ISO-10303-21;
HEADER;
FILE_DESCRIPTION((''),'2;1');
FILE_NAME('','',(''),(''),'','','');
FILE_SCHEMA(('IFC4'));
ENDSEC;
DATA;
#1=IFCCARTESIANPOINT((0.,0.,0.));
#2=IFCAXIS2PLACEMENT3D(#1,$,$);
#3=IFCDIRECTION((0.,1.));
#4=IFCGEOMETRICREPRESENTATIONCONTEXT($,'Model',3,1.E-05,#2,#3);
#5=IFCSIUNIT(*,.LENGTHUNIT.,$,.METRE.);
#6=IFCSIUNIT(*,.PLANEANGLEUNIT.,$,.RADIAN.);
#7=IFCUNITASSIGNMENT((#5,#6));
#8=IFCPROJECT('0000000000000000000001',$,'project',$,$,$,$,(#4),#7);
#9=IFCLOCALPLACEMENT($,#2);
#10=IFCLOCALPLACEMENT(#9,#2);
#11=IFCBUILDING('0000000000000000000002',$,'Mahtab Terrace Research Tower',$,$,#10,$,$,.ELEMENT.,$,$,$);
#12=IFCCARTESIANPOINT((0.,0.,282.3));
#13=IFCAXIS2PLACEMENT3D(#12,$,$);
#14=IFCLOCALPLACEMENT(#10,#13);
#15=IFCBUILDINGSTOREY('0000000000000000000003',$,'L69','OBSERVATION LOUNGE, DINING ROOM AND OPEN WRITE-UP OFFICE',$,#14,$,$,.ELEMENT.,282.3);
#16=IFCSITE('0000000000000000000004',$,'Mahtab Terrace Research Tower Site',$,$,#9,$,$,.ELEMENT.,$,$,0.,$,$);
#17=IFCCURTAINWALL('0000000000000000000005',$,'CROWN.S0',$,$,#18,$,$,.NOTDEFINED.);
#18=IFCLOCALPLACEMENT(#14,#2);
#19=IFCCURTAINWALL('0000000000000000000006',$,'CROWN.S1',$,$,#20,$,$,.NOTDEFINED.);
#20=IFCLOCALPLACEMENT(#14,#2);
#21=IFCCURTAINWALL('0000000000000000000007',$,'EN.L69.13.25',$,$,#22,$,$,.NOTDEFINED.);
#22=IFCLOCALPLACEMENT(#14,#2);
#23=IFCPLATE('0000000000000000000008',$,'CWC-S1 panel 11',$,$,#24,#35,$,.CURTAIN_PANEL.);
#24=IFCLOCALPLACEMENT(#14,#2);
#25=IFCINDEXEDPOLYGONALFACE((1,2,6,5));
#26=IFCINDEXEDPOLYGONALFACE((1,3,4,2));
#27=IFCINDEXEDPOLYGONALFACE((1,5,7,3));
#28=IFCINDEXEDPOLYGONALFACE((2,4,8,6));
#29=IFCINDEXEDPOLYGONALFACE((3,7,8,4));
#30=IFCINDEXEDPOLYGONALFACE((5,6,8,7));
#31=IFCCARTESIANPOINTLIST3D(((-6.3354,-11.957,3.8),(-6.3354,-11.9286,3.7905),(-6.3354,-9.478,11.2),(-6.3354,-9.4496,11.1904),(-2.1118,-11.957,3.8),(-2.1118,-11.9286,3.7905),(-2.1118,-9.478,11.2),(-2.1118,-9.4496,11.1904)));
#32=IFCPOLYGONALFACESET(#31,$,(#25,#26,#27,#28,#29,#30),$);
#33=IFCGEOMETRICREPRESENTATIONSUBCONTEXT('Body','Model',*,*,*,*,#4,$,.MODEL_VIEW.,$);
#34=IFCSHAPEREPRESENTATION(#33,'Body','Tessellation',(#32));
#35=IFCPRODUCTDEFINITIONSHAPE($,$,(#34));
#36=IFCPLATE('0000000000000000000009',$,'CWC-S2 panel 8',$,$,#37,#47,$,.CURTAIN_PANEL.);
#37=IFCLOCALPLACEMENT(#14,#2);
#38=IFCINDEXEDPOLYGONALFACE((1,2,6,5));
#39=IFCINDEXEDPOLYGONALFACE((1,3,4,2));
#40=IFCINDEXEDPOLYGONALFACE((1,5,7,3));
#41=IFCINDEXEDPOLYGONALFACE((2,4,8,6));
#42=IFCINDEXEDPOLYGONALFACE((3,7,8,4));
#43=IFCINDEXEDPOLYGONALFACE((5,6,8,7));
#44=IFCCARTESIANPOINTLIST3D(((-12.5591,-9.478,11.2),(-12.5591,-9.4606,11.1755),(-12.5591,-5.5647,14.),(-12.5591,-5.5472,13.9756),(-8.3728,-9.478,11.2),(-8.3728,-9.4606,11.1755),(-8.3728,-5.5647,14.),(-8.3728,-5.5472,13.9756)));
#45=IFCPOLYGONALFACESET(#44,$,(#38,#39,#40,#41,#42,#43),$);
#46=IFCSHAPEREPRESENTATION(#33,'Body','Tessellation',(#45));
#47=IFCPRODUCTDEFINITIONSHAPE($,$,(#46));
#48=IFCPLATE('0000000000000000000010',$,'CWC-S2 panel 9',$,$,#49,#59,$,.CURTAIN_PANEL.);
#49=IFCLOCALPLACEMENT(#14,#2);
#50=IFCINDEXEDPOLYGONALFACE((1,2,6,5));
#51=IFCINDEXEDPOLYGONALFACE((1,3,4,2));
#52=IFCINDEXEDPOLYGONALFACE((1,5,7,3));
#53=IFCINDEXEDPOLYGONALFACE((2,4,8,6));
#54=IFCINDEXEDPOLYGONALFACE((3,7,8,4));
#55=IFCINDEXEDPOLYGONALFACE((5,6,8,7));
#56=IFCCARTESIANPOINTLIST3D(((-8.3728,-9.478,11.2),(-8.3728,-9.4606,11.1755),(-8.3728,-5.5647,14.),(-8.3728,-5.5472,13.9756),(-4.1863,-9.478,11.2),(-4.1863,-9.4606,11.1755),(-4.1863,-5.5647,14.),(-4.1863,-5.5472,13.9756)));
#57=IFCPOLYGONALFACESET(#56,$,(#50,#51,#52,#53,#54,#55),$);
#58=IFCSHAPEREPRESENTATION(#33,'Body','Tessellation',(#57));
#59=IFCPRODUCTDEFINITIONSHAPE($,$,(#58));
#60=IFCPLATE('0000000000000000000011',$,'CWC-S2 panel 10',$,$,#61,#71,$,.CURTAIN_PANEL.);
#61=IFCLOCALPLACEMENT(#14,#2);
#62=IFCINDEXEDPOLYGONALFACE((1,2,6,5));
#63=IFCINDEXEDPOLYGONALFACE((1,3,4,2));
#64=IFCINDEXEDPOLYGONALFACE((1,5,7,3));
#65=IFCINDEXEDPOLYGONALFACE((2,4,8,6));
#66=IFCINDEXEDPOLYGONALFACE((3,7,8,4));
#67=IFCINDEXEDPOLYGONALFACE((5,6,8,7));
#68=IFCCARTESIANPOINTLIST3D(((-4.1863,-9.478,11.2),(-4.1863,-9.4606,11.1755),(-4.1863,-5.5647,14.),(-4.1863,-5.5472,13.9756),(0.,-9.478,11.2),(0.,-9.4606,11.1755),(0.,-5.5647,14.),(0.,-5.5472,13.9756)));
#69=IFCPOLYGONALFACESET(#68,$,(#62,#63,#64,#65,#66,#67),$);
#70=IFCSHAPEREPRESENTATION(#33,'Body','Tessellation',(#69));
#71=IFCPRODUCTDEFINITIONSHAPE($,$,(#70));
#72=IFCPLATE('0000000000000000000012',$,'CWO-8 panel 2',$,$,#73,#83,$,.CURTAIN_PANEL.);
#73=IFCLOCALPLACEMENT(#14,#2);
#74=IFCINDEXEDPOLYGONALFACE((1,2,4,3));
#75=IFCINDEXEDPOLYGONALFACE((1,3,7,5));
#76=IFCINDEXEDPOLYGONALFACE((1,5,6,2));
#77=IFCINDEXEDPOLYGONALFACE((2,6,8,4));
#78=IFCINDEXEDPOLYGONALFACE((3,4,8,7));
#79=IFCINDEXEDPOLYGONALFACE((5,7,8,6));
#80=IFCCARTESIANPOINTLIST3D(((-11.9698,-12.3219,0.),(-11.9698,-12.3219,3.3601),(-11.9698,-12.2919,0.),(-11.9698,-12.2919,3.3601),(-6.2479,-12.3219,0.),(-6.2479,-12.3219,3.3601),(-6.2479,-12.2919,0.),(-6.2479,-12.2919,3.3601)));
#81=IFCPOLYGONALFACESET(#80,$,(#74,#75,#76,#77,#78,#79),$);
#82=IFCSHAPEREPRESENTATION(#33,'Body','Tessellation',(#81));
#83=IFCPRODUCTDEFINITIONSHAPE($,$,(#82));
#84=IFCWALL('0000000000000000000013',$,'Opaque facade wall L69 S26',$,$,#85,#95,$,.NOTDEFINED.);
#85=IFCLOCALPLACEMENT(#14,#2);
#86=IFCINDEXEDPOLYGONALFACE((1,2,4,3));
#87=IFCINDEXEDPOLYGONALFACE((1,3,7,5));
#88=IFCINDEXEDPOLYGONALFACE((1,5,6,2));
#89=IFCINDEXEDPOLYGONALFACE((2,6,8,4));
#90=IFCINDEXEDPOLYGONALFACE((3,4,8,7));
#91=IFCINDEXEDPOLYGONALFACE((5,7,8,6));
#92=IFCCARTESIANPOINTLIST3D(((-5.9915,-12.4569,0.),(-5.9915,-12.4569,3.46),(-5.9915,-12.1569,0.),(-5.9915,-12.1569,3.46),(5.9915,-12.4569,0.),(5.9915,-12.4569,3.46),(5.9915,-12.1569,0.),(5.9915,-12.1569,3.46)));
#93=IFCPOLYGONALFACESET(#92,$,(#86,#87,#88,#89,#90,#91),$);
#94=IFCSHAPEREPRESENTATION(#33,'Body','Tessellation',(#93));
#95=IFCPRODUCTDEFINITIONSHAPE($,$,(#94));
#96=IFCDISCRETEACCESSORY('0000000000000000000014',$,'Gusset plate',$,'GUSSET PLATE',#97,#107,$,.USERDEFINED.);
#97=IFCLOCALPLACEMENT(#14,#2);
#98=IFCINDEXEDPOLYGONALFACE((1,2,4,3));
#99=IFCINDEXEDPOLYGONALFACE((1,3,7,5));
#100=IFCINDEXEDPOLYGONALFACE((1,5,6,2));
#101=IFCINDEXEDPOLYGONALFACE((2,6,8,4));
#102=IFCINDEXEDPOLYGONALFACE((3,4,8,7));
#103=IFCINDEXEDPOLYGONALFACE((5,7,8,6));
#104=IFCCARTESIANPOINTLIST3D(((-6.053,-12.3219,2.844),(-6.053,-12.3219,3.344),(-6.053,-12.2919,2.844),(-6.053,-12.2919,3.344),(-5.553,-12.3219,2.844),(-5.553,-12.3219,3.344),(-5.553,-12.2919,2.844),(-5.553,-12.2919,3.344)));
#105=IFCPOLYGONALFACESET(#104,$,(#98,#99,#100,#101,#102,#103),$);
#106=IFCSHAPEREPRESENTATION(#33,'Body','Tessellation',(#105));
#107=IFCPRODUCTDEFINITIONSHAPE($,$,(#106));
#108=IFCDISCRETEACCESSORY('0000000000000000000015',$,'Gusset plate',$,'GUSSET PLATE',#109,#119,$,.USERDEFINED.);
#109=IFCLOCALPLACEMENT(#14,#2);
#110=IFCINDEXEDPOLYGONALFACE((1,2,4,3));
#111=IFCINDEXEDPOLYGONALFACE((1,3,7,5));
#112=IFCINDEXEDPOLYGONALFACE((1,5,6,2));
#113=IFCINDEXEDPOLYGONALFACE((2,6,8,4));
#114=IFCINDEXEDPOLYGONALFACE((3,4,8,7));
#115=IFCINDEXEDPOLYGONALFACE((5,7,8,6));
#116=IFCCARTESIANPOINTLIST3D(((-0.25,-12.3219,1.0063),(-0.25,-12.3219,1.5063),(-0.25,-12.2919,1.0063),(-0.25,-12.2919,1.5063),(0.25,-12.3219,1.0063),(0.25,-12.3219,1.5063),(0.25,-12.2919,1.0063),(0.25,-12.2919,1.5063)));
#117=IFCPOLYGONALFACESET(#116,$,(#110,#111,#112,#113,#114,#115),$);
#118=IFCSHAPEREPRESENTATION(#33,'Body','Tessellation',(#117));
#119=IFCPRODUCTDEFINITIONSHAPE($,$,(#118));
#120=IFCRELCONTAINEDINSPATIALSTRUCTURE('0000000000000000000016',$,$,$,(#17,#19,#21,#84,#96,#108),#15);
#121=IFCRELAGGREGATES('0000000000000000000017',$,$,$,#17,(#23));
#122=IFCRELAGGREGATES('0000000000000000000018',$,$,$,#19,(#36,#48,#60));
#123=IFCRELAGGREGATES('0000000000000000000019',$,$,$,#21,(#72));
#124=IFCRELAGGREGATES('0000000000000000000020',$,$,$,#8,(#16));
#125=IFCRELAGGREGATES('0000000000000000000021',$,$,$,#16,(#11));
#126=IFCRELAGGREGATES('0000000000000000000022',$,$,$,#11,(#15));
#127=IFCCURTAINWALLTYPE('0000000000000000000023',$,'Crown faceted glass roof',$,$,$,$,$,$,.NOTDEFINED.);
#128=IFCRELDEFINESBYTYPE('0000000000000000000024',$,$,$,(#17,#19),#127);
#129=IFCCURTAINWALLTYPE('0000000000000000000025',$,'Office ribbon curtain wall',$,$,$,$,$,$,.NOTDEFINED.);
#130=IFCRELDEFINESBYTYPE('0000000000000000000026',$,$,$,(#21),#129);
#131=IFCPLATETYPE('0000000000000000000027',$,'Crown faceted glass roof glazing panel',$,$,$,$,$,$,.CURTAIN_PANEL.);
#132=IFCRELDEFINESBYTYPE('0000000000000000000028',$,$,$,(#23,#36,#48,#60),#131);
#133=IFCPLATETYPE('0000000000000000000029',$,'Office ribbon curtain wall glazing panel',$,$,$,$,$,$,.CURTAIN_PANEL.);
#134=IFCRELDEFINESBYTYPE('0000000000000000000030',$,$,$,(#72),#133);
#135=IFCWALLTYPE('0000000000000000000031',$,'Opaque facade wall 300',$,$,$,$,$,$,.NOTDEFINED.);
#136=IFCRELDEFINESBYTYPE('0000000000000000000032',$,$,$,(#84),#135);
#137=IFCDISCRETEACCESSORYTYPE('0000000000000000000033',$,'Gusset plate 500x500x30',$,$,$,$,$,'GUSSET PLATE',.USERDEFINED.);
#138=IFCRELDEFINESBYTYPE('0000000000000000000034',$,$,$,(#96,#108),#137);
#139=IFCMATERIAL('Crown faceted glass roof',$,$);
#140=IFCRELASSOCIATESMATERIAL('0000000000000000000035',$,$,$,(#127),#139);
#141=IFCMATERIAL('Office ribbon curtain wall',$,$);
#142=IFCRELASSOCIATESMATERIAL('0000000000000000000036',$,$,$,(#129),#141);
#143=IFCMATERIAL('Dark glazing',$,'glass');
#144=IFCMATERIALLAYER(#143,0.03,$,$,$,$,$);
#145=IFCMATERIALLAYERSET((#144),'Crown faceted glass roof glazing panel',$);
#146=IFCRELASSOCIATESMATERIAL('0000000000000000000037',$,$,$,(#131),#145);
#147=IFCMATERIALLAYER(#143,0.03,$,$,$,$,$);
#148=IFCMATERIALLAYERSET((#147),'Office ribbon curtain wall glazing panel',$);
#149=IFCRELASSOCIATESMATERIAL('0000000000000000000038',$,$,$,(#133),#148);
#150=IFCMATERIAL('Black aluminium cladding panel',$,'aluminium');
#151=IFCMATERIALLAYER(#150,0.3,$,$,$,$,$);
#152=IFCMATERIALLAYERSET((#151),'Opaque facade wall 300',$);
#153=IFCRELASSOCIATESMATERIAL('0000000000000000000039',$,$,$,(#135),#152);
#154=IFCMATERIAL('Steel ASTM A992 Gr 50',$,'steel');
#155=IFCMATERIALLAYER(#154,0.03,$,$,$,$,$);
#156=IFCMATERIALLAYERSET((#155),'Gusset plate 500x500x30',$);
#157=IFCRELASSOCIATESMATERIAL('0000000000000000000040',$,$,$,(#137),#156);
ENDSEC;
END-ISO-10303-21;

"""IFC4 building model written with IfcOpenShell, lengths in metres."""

from ifc_helpers import new_model, si_unit, direction, frame, frame_2d, origin, origin_2d, place, context, subcontext, project, spatial, polyline, rectangle, outline, extrude, material, layer, layer_set, type_object, element, aggregate, save


model = new_model("IFC4")

# Units and contexts
model_context = context("Model", 3, precision=1e-05, world=origin(), true_north=direction((0.0, 1.0)))
body_context = subcontext(model_context, "Body", "Model", "MODEL_VIEW")
ifc_project = project(units=[si_unit("LENGTHUNIT", "METRE"), si_unit("PLANEANGLEUNIT", "RADIAN")], contexts=[model_context])

# Site, building, storey
site_placement = place(None, origin())
site = spatial("IfcSite", under=ifc_project, at=site_placement, Name="Mahtab Terrace Research Tower Site", CompositionType="ELEMENT", RefElevation=0.0)
building_placement = place(site_placement, origin())
building = spatial("IfcBuilding", under=site, at=building_placement, Name="Mahtab Terrace Research Tower", CompositionType="ELEMENT")
storey_placement = place(building_placement, frame((0.0, 0.0, 282.3)))
storey = spatial("IfcBuildingStorey", under=building, at=storey_placement, Name="L69", Description="OBSERVATION LOUNGE, DINING ROOM AND OPEN WRITE-UP OFFICE", CompositionType="ELEMENT", Elevation=282.3)

# Shared definitions
ifc_material_1 = material(Name="Steel ASTM A992 Gr 50", Category="steel")

# Curtain walls
ifc_material_2 = material(Name="Crown faceted glass roof")
curtain_wall_type_1 = type_object("IfcCurtainWallType", Name="Crown faceted glass roof", PredefinedType="NOTDEFINED", material=ifc_material_2)
curtain_wall_1_placement = place(storey_placement, origin())
curtain_wall_1 = element("IfcCurtainWall", 1, at=curtain_wall_1_placement, inside=storey, type_object=curtain_wall_type_1, Name="CROWN.S0", PredefinedType="NOTDEFINED")
curtain_wall_2_placement = place(storey_placement, origin())
curtain_wall_2 = element("IfcCurtainWall", 2, at=curtain_wall_2_placement, inside=storey, type_object=curtain_wall_type_1, Name="CROWN.S1", PredefinedType="NOTDEFINED")

# Curtain wall
ifc_material_3 = material(Name="Office ribbon curtain wall")
curtain_wall_type_2 = type_object("IfcCurtainWallType", Name="Office ribbon curtain wall", PredefinedType="NOTDEFINED", material=ifc_material_3)
curtain_wall_3_placement = place(storey_placement, origin())
curtain_wall_3 = element("IfcCurtainWall", 3, at=curtain_wall_3_placement, inside=storey, type_object=curtain_wall_type_2, Name="EN.L69.13.25", PredefinedType="NOTDEFINED")

# Plates
ifc_material_4 = material(Name="Dark glazing", Category="glass")
ifc_layer_1 = layer(ifc_material_4, 0.03)
ifc_layer_set_1 = layer_set([ifc_layer_1], Name="Crown faceted glass roof glazing panel")
plate_type_1 = type_object("IfcPlateType", Name="Crown faceted glass roof glazing panel", PredefinedType="CURTAIN_PANEL", material=ifc_layer_set_1)
plate_1_placement = place(storey_placement, frame((-2.1118, -11.957, 3.8), z_axis=(0.0, -0.948207, 0.317654), x_axis=(0.0, 0.317654, 0.948207)))
plate_1 = element("IfcPlate", 4, at=plate_1_placement, type_object=plate_type_1, Name="CWC-S1 panel 11", PredefinedType="CURTAIN_PANEL", context=body_context, shape_type="SweptSolid", body=[
    extrude(outline(polyline([(0.0, 0.0), (7.8041, 0.0), (7.8041, 4.2236), (0.0, 4.2236), (0.0, 0.0)])), origin(), (0.0, 0.0, -1.0), 0.03),
])
aggregate(curtain_wall_1, [plate_1])
plate_2_placement = place(storey_placement, frame((-8.3728, -9.478, 11.2), z_axis=(0.0, -0.5819, 0.81326), x_axis=(0.0, 0.81326, 0.5819)))
plate_2 = element("IfcPlate", 5, at=plate_2_placement, type_object=plate_type_1, Name="CWC-S2 panel 8", PredefinedType="CURTAIN_PANEL", context=body_context, shape_type="SweptSolid", body=[
    extrude(outline(polyline([(0.0, 0.0), (4.8119, 0.0), (4.8119, 4.1863), (0.0, 4.1863), (0.0, 0.0)])), origin(), (0.0, 0.0, -1.0), 0.03),
])
plate_3_placement = place(storey_placement, frame((-4.1863, -9.478, 11.2), z_axis=(0.0, -0.5819, 0.81326), x_axis=(0.0, 0.81326, 0.5819)))
plate_3 = element("IfcPlate", 6, at=plate_3_placement, type_object=plate_type_1, Name="CWC-S2 panel 9", PredefinedType="CURTAIN_PANEL", context=body_context, shape_type="SweptSolid", body=[
    extrude(outline(polyline([(0.0, 0.0), (4.8119, 0.0), (4.8119, 4.1865), (0.0, 4.1865), (0.0, 0.0)])), origin(), (0.0, 0.0, -1.0), 0.03),
])
plate_4_placement = place(storey_placement, frame((0.0, -9.478, 11.2), z_axis=(0.0, -0.5819, 0.81326), x_axis=(0.0, 0.81326, 0.5819)))
plate_4 = element("IfcPlate", 7, at=plate_4_placement, type_object=plate_type_1, Name="CWC-S2 panel 10", PredefinedType="CURTAIN_PANEL", context=body_context, shape_type="SweptSolid", body=[
    extrude(outline(polyline([(0.0, 0.0), (4.8119, 0.0), (4.8119, 4.1863), (0.0, 4.1863), (0.0, 0.0)])), origin(), (0.0, 0.0, -1.0), 0.03),
])
aggregate(curtain_wall_2, [plate_2, plate_3, plate_4])
ifc_layer_2 = layer(ifc_material_4, 0.03)
ifc_layer_set_2 = layer_set([ifc_layer_2], Name="Office ribbon curtain wall glazing panel")
plate_type_2 = type_object("IfcPlateType", Name="Office ribbon curtain wall glazing panel", PredefinedType="CURTAIN_PANEL", material=ifc_layer_set_2)
plate_5_placement = place(storey_placement, frame((-9.1089, -12.3069, 0.0), z_axis=(0.0, 0.0, 1.0), x_axis=(1.0, 0.0, 0.0)))
plate_5 = element("IfcPlate", 8, at=plate_5_placement, type_object=plate_type_2, Name="CWO-8 panel 2", PredefinedType="CURTAIN_PANEL", context=body_context, shape_type="SweptSolid", body=[
    extrude(rectangle(XDim=5.7219, YDim=0.03, at=origin_2d()), origin(), (0.0, 0.0, 1.0), 3.3601),
])
aggregate(curtain_wall_3, [plate_5])

# Wall
ifc_material_5 = material(Name="Black aluminium cladding panel", Category="aluminium")
ifc_layer_3 = layer(ifc_material_5, 0.3)
ifc_layer_set_3 = layer_set([ifc_layer_3], Name="Opaque facade wall 300")
wall_type = type_object("IfcWallType", Name="Opaque facade wall 300", PredefinedType="NOTDEFINED", material=ifc_layer_set_3)
wall_placement = place(storey_placement, frame((-5.9915, -12.3069, 0.0), z_axis=(0.0, 0.0, 1.0), x_axis=(1.0, 0.0, 0.0)))
element("IfcWall", 9, at=wall_placement, inside=storey, type_object=wall_type, Name="Opaque facade wall L69 S26", PredefinedType="NOTDEFINED", context=body_context, shape_type="SweptSolid", body=[
    extrude(rectangle(XDim=11.9829, YDim=0.3, at=frame_2d((5.9915, 0.0))), origin(), (0.0, 0.0, 1.0), 3.46),
])

# Discrete accessories
ifc_layer_4 = layer(ifc_material_1, 0.03)
ifc_layer_set_4 = layer_set([ifc_layer_4], Name="Gusset plate 500x500x30")
discrete_accessory_type = type_object("IfcDiscreteAccessoryType", Name="Gusset plate 500x500x30", ElementType="GUSSET PLATE", PredefinedType="USERDEFINED", material=ifc_layer_set_4)
for number, where, z_axis, x_axis, name in (
    (10, (-5.803, -12.3069, 2.844), (0.0, 0.0, 1.0), (1.0, 0.0, 0.0), "Gusset plate"),
    (11, (0.0, -12.3069, 1.0063), (0.0, 0.0, 1.0), (1.0, 0.0, 0.0), "Gusset plate"),
):
    element("IfcDiscreteAccessory", number, at=place(storey_placement, frame(where, z_axis=z_axis, x_axis=x_axis)), inside=storey, type_object=discrete_accessory_type, Name=name, ObjectType="GUSSET PLATE", PredefinedType="USERDEFINED", context=body_context, shape_type="SweptSolid", body=[
        extrude(rectangle(XDim=0.5, YDim=0.03, at=origin_2d()), origin(), (0.0, 0.0, 1.0), 0.5),
    ])

save(model, "model.ifc")
